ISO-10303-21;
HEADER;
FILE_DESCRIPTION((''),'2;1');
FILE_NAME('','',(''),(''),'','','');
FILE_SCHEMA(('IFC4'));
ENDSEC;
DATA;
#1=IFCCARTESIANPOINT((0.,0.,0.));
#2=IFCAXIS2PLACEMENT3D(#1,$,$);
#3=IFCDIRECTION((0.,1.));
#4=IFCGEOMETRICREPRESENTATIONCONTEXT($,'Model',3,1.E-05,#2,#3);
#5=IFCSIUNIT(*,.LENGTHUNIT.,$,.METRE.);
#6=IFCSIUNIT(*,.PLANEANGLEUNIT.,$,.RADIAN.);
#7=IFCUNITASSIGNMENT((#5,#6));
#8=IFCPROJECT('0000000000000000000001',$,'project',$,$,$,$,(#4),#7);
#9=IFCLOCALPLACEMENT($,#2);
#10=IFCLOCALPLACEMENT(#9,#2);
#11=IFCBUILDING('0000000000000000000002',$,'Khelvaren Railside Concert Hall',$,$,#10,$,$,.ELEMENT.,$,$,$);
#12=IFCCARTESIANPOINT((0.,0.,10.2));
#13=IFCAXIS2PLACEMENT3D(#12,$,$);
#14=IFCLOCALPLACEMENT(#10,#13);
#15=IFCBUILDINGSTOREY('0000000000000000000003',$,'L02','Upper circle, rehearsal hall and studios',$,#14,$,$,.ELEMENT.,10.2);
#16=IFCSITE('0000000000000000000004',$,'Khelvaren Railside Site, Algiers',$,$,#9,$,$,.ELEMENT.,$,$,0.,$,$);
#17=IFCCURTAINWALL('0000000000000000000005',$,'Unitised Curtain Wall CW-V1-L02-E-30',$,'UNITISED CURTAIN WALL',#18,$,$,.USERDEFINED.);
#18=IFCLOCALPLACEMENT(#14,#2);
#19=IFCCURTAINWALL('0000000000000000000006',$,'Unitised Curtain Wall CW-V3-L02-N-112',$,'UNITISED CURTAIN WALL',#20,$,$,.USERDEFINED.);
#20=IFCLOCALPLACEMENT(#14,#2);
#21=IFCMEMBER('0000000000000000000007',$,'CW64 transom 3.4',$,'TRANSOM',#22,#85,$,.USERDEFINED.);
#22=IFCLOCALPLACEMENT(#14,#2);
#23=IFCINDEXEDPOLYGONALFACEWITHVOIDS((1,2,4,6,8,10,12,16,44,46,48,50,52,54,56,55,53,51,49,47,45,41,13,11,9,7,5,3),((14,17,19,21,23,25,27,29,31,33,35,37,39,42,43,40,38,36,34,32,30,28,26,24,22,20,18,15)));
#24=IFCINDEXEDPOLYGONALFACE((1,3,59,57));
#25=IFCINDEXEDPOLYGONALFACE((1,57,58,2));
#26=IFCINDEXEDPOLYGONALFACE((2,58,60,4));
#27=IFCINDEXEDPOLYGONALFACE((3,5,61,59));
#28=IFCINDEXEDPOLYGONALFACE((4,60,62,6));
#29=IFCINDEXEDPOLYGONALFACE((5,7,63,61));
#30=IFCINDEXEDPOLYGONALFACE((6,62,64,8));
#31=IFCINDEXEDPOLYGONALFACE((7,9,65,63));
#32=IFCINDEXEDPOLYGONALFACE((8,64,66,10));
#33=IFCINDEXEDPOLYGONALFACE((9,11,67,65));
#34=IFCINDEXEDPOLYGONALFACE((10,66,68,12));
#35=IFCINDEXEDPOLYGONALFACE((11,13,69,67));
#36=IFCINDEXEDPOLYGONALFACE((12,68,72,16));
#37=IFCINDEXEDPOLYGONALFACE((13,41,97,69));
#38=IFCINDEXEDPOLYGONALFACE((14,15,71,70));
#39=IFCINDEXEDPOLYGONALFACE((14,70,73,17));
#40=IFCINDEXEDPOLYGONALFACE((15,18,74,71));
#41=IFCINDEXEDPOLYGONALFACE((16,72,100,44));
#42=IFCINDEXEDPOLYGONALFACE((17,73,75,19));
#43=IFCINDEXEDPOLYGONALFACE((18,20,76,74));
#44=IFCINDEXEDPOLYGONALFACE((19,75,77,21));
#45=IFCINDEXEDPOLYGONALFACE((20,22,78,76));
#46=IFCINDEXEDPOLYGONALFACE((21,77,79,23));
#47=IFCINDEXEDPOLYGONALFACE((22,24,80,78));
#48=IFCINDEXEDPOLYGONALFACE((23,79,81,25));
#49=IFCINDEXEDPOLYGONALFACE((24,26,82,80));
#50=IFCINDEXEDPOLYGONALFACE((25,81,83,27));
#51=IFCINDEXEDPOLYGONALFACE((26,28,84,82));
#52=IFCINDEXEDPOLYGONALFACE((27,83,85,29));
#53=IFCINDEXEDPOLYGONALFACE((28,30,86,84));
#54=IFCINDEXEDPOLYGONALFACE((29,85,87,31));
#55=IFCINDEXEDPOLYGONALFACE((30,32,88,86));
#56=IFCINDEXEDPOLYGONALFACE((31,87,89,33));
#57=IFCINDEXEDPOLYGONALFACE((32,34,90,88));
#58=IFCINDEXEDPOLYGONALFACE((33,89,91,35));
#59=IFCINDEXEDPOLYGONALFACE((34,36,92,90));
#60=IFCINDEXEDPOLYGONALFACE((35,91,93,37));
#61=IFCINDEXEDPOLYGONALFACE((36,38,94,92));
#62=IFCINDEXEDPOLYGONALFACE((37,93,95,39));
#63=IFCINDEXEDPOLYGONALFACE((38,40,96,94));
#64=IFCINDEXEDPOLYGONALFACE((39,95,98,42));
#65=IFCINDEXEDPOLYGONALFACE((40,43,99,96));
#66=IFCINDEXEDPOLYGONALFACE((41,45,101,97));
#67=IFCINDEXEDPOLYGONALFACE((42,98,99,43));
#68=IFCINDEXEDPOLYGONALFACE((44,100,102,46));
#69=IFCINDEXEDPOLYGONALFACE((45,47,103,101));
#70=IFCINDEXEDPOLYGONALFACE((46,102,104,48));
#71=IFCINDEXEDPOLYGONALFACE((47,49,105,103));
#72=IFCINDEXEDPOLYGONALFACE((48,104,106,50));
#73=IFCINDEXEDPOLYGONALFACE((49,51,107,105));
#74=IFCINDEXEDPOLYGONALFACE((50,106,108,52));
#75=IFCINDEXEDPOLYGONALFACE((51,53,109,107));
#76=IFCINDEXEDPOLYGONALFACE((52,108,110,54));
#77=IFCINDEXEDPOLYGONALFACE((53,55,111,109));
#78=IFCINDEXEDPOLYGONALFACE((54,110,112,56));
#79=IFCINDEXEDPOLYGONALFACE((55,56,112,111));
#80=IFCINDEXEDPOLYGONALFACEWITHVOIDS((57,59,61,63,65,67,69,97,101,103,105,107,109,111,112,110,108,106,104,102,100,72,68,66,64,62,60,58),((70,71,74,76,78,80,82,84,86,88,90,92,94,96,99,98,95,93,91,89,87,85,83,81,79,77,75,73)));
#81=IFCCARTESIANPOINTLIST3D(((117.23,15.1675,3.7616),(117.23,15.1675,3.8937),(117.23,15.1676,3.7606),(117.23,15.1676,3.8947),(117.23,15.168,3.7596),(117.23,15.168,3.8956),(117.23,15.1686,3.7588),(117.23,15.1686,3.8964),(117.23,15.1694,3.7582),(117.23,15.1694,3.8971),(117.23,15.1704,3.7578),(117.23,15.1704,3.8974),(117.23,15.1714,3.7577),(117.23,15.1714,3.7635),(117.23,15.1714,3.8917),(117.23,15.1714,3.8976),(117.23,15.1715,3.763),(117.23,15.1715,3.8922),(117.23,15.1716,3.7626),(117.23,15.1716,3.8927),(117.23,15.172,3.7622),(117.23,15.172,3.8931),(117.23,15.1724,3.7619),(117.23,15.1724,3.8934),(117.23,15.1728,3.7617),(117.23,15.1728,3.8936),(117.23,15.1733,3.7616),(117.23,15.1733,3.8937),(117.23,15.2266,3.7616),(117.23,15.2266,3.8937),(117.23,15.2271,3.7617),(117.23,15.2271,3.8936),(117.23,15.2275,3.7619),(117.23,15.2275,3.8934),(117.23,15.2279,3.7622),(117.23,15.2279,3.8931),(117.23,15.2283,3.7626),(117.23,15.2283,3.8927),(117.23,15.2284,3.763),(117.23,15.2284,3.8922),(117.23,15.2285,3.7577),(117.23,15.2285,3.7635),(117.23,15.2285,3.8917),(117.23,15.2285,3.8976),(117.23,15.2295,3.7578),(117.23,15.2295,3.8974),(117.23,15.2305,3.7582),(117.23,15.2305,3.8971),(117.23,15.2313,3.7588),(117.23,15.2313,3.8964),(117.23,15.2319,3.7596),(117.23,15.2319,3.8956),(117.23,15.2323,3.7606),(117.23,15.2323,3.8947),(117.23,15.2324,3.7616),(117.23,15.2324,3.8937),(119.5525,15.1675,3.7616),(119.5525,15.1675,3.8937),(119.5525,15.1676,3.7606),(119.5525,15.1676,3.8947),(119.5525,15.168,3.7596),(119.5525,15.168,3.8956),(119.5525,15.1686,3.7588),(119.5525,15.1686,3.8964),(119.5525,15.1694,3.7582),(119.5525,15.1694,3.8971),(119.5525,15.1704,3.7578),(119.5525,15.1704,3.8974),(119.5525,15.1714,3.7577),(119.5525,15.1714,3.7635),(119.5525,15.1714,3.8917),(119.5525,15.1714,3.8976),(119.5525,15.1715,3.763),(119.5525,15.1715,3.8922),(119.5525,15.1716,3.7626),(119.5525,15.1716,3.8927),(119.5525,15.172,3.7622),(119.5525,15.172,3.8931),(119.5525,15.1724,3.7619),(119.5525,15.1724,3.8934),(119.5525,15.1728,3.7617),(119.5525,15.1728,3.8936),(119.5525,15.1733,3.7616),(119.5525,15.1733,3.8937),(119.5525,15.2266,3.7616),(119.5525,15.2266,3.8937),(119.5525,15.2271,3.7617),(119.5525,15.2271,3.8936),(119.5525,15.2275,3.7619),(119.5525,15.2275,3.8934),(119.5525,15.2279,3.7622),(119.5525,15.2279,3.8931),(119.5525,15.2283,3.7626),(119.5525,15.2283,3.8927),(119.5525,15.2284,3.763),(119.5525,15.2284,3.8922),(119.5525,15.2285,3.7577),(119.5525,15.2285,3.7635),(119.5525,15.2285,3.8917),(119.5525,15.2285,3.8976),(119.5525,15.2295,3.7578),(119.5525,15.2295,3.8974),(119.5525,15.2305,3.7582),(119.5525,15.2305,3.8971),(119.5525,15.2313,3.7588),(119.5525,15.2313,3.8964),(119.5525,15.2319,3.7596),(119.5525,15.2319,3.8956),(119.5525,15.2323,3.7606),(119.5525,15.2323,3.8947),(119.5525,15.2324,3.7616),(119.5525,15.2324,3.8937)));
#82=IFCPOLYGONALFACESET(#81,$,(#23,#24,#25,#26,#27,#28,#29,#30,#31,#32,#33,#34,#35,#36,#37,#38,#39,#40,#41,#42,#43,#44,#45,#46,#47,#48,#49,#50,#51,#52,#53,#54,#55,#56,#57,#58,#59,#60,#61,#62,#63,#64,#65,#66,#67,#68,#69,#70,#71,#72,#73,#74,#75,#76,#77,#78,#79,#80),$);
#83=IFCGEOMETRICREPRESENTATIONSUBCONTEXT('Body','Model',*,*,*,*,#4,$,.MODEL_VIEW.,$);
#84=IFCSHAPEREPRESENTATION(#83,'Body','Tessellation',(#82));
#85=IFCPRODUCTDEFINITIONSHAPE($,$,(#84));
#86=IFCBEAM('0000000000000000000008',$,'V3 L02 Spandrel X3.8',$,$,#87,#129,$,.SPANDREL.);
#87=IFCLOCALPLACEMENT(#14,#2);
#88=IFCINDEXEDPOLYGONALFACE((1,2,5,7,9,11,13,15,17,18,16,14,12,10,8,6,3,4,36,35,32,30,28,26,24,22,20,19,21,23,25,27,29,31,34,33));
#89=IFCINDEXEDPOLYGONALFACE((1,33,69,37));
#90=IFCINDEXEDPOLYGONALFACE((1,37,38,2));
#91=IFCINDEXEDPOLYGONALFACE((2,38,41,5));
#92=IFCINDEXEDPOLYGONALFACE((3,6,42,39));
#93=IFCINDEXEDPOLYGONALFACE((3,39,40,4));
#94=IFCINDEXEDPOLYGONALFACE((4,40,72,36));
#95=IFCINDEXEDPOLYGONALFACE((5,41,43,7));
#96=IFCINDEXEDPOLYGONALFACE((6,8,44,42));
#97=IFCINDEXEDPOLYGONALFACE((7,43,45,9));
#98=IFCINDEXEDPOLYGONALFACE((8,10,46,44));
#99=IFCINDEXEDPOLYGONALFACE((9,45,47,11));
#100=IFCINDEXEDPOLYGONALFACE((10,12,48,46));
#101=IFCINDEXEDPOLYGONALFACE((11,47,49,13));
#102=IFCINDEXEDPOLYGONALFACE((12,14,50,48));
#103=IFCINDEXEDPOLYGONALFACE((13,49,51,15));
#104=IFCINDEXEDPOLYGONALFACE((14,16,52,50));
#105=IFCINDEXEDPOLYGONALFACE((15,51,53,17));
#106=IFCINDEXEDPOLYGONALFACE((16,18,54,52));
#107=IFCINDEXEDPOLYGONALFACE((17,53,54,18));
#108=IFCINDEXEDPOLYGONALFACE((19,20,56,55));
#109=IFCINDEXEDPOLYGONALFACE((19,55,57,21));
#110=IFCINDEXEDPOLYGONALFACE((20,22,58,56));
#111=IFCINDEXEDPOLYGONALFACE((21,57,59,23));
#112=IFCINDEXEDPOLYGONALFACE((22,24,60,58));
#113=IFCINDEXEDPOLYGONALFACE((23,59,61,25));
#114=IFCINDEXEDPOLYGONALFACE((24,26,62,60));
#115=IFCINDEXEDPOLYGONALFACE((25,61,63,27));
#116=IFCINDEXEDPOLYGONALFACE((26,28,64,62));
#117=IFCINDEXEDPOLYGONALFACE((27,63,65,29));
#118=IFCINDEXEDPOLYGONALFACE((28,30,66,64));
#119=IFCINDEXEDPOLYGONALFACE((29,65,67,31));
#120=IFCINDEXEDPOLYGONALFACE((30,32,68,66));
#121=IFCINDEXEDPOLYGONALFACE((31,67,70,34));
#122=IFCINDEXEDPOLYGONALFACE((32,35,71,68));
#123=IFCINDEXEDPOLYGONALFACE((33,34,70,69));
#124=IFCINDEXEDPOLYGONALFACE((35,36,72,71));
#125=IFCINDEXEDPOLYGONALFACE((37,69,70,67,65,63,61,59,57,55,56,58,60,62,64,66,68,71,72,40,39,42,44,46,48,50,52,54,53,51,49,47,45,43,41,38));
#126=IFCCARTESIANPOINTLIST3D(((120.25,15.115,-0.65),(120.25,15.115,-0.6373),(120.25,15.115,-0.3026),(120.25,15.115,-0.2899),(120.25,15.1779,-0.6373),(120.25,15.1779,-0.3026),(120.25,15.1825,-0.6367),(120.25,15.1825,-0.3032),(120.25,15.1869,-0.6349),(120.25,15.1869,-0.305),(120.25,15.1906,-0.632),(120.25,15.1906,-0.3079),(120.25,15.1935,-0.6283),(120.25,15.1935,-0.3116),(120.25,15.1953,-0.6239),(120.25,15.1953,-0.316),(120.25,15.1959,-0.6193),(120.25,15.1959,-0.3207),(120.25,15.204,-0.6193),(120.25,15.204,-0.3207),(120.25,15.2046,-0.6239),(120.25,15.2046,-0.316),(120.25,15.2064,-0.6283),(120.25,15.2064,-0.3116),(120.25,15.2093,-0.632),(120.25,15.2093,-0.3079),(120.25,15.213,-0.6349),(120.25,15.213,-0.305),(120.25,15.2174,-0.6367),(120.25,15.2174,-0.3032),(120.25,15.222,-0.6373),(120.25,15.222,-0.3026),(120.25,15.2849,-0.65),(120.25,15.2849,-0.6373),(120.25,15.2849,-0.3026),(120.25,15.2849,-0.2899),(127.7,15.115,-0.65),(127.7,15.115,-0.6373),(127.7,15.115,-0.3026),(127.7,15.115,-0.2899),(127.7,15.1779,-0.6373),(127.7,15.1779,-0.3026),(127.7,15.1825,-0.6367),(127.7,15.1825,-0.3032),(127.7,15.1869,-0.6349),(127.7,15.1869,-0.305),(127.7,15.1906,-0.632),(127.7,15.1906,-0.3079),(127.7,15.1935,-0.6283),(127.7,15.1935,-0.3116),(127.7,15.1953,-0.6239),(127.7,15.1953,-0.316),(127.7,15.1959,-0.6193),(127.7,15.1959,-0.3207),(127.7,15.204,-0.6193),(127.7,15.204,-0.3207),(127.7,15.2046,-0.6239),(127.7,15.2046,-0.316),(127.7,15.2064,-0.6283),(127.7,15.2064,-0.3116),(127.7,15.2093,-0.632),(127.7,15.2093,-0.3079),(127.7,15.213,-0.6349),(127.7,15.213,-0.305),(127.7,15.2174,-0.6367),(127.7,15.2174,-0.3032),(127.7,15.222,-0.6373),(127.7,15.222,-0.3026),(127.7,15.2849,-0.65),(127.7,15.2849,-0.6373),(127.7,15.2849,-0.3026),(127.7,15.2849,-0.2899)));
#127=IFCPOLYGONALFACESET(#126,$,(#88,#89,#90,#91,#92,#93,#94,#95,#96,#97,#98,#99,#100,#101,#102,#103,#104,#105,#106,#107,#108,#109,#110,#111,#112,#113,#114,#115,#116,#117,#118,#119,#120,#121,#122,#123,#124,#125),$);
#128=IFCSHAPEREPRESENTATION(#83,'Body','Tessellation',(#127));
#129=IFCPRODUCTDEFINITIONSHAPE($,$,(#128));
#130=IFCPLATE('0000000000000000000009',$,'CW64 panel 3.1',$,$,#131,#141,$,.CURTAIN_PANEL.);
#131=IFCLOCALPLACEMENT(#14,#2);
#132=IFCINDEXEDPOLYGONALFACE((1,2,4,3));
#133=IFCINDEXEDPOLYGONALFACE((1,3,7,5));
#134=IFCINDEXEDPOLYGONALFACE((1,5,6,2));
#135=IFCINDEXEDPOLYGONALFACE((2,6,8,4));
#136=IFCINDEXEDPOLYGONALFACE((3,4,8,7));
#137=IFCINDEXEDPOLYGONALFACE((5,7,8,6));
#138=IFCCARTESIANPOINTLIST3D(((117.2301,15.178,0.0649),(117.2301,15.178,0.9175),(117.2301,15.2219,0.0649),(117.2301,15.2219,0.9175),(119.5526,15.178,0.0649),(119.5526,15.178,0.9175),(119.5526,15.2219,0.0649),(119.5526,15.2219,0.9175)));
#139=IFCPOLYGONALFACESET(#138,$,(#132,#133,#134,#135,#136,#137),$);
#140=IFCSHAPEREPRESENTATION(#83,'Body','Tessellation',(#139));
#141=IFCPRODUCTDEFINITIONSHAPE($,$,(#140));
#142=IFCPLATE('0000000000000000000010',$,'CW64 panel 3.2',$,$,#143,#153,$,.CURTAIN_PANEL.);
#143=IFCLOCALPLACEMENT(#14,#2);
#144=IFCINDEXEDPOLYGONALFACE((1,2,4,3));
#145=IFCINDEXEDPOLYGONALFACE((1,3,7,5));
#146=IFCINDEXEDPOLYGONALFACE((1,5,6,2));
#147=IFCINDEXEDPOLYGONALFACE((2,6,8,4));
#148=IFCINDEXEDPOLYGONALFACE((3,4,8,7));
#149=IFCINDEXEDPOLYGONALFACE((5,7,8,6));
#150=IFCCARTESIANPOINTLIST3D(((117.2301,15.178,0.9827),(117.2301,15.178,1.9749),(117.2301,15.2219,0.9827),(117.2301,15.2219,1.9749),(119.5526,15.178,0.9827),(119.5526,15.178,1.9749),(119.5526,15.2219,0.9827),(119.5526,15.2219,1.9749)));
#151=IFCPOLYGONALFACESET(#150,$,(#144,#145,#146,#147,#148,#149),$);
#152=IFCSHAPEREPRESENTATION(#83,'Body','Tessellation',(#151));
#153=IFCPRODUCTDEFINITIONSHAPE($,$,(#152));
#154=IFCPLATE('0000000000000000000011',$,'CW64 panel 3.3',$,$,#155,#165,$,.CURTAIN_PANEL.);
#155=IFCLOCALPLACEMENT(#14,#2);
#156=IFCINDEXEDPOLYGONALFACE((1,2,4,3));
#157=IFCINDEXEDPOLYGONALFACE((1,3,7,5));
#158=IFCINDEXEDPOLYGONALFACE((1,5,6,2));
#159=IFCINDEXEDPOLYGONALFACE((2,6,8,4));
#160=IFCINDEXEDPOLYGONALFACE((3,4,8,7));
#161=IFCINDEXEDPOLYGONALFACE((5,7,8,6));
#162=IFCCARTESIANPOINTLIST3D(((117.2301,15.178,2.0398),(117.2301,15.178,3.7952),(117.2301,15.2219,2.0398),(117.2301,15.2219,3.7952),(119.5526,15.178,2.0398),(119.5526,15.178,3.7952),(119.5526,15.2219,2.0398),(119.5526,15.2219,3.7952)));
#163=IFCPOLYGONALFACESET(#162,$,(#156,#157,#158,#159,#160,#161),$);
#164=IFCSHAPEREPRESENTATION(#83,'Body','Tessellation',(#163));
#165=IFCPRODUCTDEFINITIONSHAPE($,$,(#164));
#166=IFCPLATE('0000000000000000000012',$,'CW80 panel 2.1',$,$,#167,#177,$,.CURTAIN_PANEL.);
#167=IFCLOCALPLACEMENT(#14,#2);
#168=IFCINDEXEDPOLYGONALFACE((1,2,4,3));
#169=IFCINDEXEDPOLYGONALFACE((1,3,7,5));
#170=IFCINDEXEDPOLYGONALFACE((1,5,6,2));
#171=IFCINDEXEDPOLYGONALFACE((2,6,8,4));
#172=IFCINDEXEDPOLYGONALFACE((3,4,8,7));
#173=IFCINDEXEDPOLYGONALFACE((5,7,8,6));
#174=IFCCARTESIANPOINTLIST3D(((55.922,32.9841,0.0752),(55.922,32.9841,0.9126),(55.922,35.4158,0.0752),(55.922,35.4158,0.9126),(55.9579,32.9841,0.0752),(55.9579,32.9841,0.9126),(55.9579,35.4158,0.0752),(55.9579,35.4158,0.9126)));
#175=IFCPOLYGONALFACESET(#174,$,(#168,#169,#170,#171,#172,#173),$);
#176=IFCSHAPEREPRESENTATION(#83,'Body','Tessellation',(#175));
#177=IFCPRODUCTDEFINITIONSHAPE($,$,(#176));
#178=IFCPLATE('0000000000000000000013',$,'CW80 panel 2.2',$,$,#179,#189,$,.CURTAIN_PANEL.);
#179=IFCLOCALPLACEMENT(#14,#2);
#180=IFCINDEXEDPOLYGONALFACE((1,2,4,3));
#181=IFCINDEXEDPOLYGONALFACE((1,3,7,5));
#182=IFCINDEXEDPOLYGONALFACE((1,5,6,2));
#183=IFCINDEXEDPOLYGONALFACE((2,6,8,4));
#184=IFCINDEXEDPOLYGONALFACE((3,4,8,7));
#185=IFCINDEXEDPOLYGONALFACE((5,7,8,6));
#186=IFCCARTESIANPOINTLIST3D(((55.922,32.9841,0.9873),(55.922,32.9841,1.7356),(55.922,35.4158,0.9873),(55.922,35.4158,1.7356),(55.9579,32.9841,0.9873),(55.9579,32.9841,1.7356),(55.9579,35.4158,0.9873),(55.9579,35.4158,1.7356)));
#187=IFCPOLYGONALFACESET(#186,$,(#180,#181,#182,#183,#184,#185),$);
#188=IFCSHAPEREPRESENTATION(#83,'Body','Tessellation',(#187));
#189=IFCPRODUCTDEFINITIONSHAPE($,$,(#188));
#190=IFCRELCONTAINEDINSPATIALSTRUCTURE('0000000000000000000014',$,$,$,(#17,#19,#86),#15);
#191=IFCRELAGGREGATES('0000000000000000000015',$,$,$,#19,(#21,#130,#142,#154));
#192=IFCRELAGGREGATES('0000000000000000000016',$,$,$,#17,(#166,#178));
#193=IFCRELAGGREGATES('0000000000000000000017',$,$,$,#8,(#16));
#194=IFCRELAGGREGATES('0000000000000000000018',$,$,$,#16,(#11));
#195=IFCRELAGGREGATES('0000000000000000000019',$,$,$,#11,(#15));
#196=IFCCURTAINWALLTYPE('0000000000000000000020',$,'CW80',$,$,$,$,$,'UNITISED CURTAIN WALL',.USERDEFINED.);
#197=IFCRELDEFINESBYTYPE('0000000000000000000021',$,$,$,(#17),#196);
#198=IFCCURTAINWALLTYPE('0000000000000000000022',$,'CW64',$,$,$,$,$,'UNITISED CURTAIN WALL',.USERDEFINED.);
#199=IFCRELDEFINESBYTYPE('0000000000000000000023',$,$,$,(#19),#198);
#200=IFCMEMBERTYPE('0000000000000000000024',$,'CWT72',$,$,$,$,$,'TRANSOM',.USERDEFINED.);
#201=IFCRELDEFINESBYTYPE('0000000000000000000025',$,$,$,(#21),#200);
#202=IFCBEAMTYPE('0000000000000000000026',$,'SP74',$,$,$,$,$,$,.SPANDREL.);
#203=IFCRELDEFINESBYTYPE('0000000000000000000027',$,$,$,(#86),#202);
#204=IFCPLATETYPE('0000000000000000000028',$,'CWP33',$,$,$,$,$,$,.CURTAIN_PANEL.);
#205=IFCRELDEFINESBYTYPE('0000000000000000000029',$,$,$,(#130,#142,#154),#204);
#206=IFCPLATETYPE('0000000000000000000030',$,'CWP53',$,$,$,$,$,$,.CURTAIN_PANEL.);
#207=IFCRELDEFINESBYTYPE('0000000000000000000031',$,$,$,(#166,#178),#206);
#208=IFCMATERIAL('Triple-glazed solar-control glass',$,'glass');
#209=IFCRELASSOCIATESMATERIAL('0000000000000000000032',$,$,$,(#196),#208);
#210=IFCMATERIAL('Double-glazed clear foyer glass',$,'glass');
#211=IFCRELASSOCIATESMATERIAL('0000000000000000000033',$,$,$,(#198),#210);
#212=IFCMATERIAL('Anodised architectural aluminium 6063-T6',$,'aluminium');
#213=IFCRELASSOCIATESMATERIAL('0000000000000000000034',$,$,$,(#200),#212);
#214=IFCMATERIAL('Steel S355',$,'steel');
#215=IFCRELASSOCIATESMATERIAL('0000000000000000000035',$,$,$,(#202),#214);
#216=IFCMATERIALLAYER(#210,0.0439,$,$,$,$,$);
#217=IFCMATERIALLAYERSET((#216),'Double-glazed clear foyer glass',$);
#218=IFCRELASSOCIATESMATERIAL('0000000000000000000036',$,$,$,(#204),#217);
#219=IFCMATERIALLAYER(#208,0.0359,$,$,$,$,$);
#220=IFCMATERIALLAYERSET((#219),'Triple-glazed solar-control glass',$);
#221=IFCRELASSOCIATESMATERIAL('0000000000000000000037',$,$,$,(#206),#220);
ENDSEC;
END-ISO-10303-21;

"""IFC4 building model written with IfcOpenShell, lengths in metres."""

from ifc_helpers import new_model, si_unit, direction, frame, origin, origin_2d, place, context, subcontext, project, spatial, rectangle, hollow_rectangle, i_section, extrude, material, layer, layer_set, material_profile, profile_set, type_object, element, aggregate, save


model = new_model("IFC4")

# Units and contexts
model_context = context("Model", 3, precision=1e-05, world=origin(), true_north=direction((0.0, 1.0)))
body_context = subcontext(model_context, "Body", "Model", "MODEL_VIEW")
ifc_project = project(units=[si_unit("LENGTHUNIT", "METRE"), si_unit("PLANEANGLEUNIT", "RADIAN")], contexts=[model_context])

# Site, building, storey
site_placement = place(None, origin())
site = spatial("IfcSite", under=ifc_project, at=site_placement, Name="Khelvaren Railside Site, Algiers", CompositionType="ELEMENT", RefElevation=0.0)
building_placement = place(site_placement, origin())
building = spatial("IfcBuilding", under=site, at=building_placement, Name="Khelvaren Railside Concert Hall", CompositionType="ELEMENT")
storey_placement = place(building_placement, frame((0.0, 0.0, 10.2)))
storey = spatial("IfcBuildingStorey", under=building, at=storey_placement, Name="L02", Description="Upper circle, rehearsal hall and studios", CompositionType="ELEMENT", Elevation=10.2)

# Curtain wall
ifc_material_1 = material(Name="Triple-glazed solar-control glass", Category="glass")
curtain_wall_type_1 = type_object("IfcCurtainWallType", Name="CW80", ElementType="UNITISED CURTAIN WALL", PredefinedType="USERDEFINED", material=ifc_material_1)
curtain_wall_1_placement = place(storey_placement, origin())
curtain_wall_1 = element("IfcCurtainWall", 1, at=curtain_wall_1_placement, inside=storey, type_object=curtain_wall_type_1, Name="Unitised Curtain Wall CW-V1-L02-E-30", ObjectType="UNITISED CURTAIN WALL", PredefinedType="USERDEFINED")
ifc_material_2 = material(Name="Anodised architectural aluminium 6063-T6", Category="aluminium")

# Curtain wall
ifc_material_3 = material(Name="Double-glazed clear foyer glass", Category="glass")
curtain_wall_type_2 = type_object("IfcCurtainWallType", Name="CW64", ElementType="UNITISED CURTAIN WALL", PredefinedType="USERDEFINED", material=ifc_material_3)
curtain_wall_2_placement = place(storey_placement, origin())
curtain_wall_2 = element("IfcCurtainWall", 2, at=curtain_wall_2_placement, inside=storey, type_object=curtain_wall_type_2, Name="Unitised Curtain Wall CW-V3-L02-N-112", ObjectType="UNITISED CURTAIN WALL", PredefinedType="USERDEFINED")

# Member
ifc_material_profile_1 = material_profile(ifc_material_2, hollow_rectangle(XDim=0.0649, YDim=0.1399, WallThickness=0.0039, InnerFilletRadius=0.002, OuterFilletRadius=0.0039, at=origin_2d()), Name="CWT 65x140x4")
ifc_profile_set_1 = profile_set([ifc_material_profile_1], Name="Anodised architectural aluminium 6063-T6")
member_type_1 = type_object("IfcMemberType", Name="CWT72", ElementType="TRANSOM", PredefinedType="USERDEFINED", material=ifc_profile_set_1)
member_1_placement = place(storey_placement, frame((117.23, 15.2, 3.8276), z_axis=(1.0, 0.0, 0.0), x_axis=(0.0, 1.0, 0.0)))
member_1 = element("IfcMember", 3, at=member_1_placement, type_object=member_type_1, Name="CW64 transom 3.4", ObjectType="TRANSOM", PredefinedType="USERDEFINED", context=body_context, shape_type="SweptSolid", body=[
    extrude(hollow_rectangle(XDim=0.0649, YDim=0.1399, WallThickness=0.0039, InnerFilletRadius=0.002, OuterFilletRadius=0.0039, at=origin_2d()), origin(), (0.0, 0.0, 1.0), 2.3225),
])

# Beam
ifc_material_4 = material(Name="Steel S355", Category="steel")
ifc_material_profile_2 = material_profile(ifc_material_4, i_section(OverallWidth=0.1699, OverallDepth=0.3601, WebThickness=0.0081, FlangeThickness=0.0127, FilletRadius=0.0181, at=origin_2d()), Name="IPE 360")
ifc_profile_set_2 = profile_set([ifc_material_profile_2], Name="Steel S355")
beam_type = type_object("IfcBeamType", Name="SP74", PredefinedType="SPANDREL", material=ifc_profile_set_2)
beam_placement = place(storey_placement, frame((120.25, 15.2, -0.47), z_axis=(1.0, 0.0, 0.0), x_axis=(0.0, 1.0, 0.0)))
element("IfcBeam", 4, at=beam_placement, inside=storey, type_object=beam_type, Name="V3 L02 Spandrel X3.8", PredefinedType="SPANDREL", context=body_context, shape_type="SweptSolid", body=[
    extrude(i_section(OverallWidth=0.1699, OverallDepth=0.3601, WebThickness=0.0081, FlangeThickness=0.0127, FilletRadius=0.0181, at=origin_2d()), origin(), (0.0, 0.0, 1.0), 7.45),
])

# Plates
ifc_layer_1 = layer(ifc_material_3, 0.0439)
ifc_layer_set_1 = layer_set([ifc_layer_1], Name="Double-glazed clear foyer glass")
plate_type_1 = type_object("IfcPlateType", Name="CWP33", PredefinedType="CURTAIN_PANEL", material=ifc_layer_set_1)
plate_1_placement = place(storey_placement, frame((118.3914, 15.2, 0.0649), z_axis=(0.0, 0.0, 1.0), x_axis=(1.0, 0.0, 0.0)))
plate_1 = element("IfcPlate", 5, at=plate_1_placement, type_object=plate_type_1, Name="CW64 panel 3.1", PredefinedType="CURTAIN_PANEL", context=body_context, shape_type="SweptSolid", body=[
    extrude(rectangle(XDim=2.3225, YDim=0.0439, at=origin_2d()), origin(), (0.0, 0.0, 1.0), 0.8525),
])
plate_2_placement = place(storey_placement, frame((118.3914, 15.2, 0.9827), z_axis=(0.0, 0.0, 1.0), x_axis=(1.0, 0.0, 0.0)))
plate_2 = element("IfcPlate", 6, at=plate_2_placement, type_object=plate_type_1, Name="CW64 panel 3.2", PredefinedType="CURTAIN_PANEL", context=body_context, shape_type="SweptSolid", body=[
    extrude(rectangle(XDim=2.3225, YDim=0.0439, at=origin_2d()), origin(), (0.0, 0.0, 1.0), 0.9922),
])
plate_3_placement = place(storey_placement, frame((118.3914, 15.2, 2.0398), z_axis=(0.0, 0.0, 1.0), x_axis=(1.0, 0.0, 0.0)))
plate_3 = element("IfcPlate", 7, at=plate_3_placement, type_object=plate_type_1, Name="CW64 panel 3.3", PredefinedType="CURTAIN_PANEL", context=body_context, shape_type="SweptSolid", body=[
    extrude(rectangle(XDim=2.3225, YDim=0.0439, at=origin_2d()), origin(), (0.0, 0.0, 1.0), 1.7554),
])
aggregate(curtain_wall_2, [member_1, plate_1, plate_2, plate_3])
ifc_layer_2 = layer(ifc_material_1, 0.0359)
ifc_layer_set_2 = layer_set([ifc_layer_2], Name="Triple-glazed solar-control glass")
plate_type_2 = type_object("IfcPlateType", Name="CWP53", PredefinedType="CURTAIN_PANEL", material=ifc_layer_set_2)
plate_4_placement = place(storey_placement, frame((55.9399, 34.2, 0.0752), z_axis=(0.0, 0.0, 1.0), x_axis=(0.0, -1.0, 0.0)))
plate_4 = element("IfcPlate", 8, at=plate_4_placement, type_object=plate_type_2, Name="CW80 panel 2.1", PredefinedType="CURTAIN_PANEL", context=body_context, shape_type="SweptSolid", body=[
    extrude(rectangle(XDim=2.4316, YDim=0.0359, at=origin_2d()), origin(), (0.0, 0.0, 1.0), 0.8374),
])
plate_5_placement = place(storey_placement, frame((55.9399, 34.2, 0.9873), z_axis=(0.0, 0.0, 1.0), x_axis=(0.0, -1.0, 0.0)))
plate_5 = element("IfcPlate", 9, at=plate_5_placement, type_object=plate_type_2, Name="CW80 panel 2.2", PredefinedType="CURTAIN_PANEL", context=body_context, shape_type="SweptSolid", body=[
    extrude(rectangle(XDim=2.4316, YDim=0.0359, at=origin_2d()), origin(), (0.0, 0.0, 1.0), 0.7483),
])
aggregate(curtain_wall_1, [plate_4, plate_5])

save(model, "model.ifc")
